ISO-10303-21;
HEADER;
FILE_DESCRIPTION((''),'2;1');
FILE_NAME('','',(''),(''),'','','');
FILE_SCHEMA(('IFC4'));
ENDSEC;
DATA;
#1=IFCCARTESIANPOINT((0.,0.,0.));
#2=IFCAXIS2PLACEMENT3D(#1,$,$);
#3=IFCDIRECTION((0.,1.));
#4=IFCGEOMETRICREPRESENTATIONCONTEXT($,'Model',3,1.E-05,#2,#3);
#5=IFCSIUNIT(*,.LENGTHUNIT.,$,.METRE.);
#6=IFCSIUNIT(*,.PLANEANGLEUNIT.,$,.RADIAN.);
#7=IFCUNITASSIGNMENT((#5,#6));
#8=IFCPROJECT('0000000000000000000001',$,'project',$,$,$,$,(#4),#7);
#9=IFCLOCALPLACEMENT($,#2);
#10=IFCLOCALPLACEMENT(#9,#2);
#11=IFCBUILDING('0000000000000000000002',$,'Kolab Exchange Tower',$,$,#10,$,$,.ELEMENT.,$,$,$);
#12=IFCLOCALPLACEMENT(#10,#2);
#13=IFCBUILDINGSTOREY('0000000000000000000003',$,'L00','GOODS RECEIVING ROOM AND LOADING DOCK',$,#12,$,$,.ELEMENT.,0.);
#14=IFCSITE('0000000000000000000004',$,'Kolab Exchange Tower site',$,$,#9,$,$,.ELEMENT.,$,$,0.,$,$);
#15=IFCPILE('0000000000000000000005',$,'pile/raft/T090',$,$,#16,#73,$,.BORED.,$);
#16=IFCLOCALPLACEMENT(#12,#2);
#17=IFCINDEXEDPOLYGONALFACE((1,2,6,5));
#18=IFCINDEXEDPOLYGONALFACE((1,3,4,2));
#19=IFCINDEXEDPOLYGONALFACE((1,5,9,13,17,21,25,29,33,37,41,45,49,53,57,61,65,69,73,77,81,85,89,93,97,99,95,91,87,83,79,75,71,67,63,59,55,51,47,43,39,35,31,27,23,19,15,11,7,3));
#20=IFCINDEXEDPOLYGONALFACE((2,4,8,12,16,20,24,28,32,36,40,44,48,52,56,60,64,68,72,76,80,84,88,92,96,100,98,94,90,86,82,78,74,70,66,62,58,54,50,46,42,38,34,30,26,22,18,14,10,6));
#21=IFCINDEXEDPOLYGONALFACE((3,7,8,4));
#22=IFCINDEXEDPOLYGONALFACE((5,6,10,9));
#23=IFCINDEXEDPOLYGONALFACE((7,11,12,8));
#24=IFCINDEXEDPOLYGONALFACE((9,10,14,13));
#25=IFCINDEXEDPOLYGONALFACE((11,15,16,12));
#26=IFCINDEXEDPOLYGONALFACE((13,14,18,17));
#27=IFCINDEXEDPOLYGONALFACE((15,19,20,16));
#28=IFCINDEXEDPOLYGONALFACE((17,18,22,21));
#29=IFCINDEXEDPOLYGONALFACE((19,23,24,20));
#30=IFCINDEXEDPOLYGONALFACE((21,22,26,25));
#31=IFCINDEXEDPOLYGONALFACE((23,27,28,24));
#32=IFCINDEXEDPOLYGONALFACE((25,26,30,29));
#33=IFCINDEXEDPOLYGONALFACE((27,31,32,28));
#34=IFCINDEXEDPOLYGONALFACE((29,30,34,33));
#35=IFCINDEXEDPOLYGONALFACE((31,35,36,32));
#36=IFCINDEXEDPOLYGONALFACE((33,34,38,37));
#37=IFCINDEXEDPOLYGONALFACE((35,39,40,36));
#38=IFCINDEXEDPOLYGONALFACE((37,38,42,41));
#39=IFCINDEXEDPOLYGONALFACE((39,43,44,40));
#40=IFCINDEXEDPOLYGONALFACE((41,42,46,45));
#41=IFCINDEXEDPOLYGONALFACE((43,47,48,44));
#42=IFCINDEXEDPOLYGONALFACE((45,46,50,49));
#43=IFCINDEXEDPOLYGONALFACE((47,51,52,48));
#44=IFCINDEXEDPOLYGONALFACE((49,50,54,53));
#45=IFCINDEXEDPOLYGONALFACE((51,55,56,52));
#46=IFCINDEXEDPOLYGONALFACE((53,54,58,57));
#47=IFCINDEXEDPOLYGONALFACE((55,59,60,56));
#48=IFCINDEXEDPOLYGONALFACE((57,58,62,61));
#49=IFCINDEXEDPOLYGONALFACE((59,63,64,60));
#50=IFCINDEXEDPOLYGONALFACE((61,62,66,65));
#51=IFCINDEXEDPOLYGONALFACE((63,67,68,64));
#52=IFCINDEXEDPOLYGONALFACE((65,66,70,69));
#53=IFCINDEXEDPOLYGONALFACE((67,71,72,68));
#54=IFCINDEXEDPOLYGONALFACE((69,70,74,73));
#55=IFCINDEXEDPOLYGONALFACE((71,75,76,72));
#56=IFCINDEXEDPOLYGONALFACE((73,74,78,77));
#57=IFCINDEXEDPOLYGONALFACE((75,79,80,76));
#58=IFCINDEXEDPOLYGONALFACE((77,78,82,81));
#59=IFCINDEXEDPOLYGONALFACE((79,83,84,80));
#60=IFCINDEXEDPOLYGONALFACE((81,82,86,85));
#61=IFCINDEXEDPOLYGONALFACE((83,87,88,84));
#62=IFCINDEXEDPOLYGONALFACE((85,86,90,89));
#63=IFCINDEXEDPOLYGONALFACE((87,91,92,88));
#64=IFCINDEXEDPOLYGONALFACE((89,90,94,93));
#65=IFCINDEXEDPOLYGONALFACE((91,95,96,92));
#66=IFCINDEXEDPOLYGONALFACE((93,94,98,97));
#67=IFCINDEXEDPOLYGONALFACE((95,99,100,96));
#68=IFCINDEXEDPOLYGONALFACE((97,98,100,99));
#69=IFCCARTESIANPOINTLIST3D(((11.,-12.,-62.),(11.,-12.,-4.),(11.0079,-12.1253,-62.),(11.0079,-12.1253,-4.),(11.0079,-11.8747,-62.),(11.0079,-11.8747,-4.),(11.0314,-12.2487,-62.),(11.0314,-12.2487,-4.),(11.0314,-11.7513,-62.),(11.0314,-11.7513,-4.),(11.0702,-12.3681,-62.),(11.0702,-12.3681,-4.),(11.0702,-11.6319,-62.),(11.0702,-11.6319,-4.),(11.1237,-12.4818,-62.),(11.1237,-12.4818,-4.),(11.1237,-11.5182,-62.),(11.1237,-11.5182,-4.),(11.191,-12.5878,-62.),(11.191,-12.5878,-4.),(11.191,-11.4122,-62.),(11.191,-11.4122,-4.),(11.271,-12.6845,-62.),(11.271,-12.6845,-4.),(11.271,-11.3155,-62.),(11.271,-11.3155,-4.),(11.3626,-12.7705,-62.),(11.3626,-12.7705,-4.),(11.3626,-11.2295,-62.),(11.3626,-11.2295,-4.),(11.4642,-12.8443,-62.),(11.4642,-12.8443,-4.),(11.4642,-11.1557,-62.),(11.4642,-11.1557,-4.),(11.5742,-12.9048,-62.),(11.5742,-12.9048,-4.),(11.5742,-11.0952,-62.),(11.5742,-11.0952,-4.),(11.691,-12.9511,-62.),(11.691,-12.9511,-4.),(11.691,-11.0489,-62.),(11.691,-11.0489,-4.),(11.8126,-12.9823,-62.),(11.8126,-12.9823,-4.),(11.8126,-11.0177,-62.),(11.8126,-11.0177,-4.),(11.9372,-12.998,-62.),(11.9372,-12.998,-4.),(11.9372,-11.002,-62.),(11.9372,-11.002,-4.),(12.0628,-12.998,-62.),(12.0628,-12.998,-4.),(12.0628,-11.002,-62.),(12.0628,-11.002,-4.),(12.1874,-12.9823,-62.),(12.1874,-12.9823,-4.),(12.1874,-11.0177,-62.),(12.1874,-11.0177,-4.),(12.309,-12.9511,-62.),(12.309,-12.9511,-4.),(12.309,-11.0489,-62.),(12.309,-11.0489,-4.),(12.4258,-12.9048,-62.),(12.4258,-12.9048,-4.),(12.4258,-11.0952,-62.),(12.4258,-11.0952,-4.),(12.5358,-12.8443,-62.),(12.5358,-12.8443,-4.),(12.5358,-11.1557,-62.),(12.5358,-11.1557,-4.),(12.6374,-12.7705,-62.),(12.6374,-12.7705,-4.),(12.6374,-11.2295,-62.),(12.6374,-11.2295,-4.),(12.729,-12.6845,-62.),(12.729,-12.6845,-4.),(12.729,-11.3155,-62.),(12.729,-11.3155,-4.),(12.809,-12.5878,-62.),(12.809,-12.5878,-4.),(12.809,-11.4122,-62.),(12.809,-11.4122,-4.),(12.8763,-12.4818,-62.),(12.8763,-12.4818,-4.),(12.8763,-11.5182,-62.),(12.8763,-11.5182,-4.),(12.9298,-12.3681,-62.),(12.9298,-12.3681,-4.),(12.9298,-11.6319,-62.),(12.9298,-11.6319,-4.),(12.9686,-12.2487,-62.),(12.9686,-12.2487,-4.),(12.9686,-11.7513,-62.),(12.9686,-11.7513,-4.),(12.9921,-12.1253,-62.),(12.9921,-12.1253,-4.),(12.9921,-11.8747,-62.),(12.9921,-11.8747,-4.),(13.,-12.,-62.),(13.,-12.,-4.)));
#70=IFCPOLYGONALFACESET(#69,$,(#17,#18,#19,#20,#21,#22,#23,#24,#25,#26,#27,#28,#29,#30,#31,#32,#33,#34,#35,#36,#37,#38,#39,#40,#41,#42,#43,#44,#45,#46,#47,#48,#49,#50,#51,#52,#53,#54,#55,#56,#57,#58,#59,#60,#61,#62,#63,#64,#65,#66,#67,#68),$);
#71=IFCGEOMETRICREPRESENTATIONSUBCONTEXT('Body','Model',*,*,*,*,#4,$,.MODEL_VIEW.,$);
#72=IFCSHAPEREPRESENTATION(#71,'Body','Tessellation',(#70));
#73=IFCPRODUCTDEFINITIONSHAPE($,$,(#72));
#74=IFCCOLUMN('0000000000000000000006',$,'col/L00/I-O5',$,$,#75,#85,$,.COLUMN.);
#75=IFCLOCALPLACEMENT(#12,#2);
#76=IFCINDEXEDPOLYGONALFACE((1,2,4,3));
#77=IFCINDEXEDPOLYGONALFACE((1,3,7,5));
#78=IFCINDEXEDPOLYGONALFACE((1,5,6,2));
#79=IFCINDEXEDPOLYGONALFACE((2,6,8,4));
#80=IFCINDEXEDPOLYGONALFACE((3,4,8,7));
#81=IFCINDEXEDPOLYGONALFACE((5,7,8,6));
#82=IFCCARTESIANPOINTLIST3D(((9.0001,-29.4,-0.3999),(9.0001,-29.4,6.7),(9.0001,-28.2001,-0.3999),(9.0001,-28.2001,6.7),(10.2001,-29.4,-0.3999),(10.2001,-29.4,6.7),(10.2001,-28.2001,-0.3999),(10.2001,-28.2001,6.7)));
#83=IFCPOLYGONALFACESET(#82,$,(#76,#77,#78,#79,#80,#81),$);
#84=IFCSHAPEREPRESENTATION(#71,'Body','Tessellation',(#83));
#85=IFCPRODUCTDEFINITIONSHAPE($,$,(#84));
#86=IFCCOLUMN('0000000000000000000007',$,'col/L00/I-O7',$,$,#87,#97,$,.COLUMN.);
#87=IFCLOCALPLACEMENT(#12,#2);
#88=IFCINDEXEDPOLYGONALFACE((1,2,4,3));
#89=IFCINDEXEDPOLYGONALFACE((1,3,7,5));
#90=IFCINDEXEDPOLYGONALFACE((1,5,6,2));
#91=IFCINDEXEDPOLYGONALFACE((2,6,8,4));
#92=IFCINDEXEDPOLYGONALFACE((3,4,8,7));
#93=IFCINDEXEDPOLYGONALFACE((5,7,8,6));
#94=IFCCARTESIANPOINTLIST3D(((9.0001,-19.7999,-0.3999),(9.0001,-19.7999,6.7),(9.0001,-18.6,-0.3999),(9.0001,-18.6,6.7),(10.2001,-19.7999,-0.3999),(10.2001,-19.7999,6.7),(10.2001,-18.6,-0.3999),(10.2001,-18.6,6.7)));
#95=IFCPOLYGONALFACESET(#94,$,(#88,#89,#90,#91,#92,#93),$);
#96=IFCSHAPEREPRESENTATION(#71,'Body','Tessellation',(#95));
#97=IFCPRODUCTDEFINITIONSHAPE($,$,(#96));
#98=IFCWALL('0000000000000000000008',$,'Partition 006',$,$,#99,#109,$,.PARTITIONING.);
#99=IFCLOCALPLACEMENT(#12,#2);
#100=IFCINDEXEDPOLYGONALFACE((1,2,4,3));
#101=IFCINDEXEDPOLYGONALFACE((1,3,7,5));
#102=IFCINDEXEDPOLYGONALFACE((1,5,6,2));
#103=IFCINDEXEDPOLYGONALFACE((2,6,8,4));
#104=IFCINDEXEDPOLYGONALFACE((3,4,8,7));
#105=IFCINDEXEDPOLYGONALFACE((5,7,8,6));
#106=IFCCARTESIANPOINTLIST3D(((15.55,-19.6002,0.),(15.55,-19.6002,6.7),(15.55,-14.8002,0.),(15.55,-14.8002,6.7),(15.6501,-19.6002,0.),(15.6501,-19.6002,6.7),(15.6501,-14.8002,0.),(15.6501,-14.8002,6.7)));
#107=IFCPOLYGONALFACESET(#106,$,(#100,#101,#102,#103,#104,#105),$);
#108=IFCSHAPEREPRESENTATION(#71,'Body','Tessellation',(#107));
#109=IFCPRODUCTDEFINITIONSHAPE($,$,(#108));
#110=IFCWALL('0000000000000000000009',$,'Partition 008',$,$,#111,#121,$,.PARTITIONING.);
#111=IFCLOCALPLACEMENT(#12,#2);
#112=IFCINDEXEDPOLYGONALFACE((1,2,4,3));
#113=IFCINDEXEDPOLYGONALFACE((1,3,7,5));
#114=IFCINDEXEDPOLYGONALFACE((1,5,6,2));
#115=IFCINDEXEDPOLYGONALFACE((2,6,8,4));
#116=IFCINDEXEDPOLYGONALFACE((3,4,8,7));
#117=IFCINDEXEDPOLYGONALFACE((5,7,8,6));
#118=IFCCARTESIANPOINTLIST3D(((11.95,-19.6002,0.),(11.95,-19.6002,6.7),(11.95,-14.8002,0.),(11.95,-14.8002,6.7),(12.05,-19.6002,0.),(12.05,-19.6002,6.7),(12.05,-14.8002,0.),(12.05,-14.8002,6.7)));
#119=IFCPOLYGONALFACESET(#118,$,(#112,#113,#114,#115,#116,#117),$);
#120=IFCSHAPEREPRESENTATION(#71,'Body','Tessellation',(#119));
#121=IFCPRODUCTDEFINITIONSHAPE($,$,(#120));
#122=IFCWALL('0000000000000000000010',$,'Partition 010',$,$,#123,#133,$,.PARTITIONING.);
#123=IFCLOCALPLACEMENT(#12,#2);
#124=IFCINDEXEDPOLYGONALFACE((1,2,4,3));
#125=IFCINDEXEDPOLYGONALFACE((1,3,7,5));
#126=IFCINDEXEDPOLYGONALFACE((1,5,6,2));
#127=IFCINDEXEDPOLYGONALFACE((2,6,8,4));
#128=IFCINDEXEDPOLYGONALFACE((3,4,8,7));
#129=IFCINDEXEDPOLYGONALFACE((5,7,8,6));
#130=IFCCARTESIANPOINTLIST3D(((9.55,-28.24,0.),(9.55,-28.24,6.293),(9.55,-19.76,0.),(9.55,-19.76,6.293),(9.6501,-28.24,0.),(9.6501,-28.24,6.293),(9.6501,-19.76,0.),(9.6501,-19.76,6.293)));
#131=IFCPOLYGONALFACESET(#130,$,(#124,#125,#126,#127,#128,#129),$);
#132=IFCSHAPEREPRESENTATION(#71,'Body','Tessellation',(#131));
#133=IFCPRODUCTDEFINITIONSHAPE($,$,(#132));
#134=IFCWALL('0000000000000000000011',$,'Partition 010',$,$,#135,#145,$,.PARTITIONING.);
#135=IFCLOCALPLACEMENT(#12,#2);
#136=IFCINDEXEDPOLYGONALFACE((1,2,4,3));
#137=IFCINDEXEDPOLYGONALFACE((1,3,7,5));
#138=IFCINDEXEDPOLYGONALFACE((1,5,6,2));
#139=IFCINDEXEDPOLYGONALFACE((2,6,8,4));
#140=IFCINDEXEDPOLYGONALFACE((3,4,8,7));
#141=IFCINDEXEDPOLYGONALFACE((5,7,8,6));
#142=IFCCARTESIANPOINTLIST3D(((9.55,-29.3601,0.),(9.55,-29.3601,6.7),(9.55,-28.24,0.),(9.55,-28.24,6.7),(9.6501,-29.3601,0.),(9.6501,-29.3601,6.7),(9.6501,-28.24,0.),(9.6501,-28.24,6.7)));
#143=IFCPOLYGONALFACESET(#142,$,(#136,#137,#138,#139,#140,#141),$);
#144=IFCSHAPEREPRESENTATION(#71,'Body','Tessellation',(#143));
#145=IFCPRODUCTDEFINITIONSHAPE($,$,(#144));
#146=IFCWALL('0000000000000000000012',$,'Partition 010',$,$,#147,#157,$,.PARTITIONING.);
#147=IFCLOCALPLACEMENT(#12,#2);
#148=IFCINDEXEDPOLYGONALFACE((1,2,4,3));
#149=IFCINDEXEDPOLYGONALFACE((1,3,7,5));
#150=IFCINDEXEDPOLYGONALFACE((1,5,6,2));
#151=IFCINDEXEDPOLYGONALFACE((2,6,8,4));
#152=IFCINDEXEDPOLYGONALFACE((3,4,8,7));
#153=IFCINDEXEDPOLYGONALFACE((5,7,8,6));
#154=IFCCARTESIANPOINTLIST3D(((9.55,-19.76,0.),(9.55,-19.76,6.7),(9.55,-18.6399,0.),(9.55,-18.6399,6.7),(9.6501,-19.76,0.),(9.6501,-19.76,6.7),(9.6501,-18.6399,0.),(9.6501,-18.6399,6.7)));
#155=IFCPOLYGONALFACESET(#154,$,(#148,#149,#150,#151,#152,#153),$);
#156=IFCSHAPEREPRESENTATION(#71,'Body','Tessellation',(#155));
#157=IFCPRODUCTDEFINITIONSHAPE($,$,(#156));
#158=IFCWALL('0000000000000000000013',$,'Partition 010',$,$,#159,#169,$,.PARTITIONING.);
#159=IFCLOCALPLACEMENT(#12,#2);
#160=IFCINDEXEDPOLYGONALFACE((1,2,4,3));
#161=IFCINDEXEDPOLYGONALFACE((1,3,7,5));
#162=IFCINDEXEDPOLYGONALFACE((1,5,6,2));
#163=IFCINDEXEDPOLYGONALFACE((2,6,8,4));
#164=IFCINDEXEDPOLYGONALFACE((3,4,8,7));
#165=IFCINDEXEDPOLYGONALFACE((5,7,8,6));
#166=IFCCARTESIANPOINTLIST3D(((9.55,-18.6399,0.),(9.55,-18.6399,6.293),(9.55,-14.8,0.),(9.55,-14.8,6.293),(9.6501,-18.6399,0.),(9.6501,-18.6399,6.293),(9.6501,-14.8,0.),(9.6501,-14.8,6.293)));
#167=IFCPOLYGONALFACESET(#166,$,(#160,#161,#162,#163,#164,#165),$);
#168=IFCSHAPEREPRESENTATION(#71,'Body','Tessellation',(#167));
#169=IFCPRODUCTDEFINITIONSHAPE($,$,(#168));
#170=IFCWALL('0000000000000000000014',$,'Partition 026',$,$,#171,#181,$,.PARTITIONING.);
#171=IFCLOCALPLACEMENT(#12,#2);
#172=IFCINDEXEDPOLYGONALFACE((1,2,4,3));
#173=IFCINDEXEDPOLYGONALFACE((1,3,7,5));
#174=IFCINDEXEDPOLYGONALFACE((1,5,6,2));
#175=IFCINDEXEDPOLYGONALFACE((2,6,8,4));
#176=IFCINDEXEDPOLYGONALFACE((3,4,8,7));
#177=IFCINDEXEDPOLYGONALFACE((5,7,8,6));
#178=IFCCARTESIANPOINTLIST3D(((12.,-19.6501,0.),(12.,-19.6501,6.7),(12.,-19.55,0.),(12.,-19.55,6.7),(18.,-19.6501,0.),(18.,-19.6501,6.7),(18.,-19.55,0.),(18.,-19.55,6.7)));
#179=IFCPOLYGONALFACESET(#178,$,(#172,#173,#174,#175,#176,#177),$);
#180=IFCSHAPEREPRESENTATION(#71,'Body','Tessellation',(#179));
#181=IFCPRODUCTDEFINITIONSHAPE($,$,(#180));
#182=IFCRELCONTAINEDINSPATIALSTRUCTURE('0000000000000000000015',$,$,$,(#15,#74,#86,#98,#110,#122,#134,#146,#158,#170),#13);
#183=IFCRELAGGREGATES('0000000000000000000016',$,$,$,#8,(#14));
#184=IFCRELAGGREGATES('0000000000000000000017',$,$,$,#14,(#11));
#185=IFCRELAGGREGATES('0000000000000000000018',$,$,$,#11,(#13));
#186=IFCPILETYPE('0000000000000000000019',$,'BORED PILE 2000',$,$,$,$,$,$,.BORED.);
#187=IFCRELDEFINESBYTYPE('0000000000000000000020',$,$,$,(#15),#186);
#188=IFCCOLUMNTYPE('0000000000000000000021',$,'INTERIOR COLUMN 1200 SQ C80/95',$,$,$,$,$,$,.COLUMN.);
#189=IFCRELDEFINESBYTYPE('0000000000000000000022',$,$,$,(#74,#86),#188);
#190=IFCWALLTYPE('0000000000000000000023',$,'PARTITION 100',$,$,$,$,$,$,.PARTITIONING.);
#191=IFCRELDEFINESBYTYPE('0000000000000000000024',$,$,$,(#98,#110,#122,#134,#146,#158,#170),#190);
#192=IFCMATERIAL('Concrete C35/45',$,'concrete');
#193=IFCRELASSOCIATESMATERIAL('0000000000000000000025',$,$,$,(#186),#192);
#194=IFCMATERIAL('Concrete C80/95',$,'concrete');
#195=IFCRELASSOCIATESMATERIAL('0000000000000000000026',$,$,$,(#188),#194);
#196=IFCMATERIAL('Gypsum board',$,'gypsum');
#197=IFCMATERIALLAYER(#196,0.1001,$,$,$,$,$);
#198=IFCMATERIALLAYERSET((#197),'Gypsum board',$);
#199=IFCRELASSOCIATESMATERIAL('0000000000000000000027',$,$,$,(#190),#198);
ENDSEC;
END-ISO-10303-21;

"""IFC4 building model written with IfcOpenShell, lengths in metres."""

from ifc_helpers import new_model, si_unit, direction, frame, frame_2d, origin, origin_2d, place, context, subcontext, project, spatial, rectangle, circle, extrude, material, layer, layer_set, material_profile, profile_set, type_object, element, save


model = new_model("IFC4")

# Units and contexts
model_context = context("Model", 3, precision=1e-05, world=origin(), true_north=direction((0.0, 1.0)))
body_context = subcontext(model_context, "Body", "Model", "MODEL_VIEW")
ifc_project = project(units=[si_unit("LENGTHUNIT", "METRE"), si_unit("PLANEANGLEUNIT", "RADIAN")], contexts=[model_context])

# Site, building, storey
site_placement = place(None, origin())
site = spatial("IfcSite", under=ifc_project, at=site_placement, Name="Kolab Exchange Tower site", CompositionType="ELEMENT", RefElevation=0.0)
building_placement = place(site_placement, origin())
building = spatial("IfcBuilding", under=site, at=building_placement, Name="Kolab Exchange Tower", CompositionType="ELEMENT")
storey_placement = place(building_placement, origin())
storey = spatial("IfcBuildingStorey", under=building, at=storey_placement, Name="L00", Description="GOODS RECEIVING ROOM AND LOADING DOCK", CompositionType="ELEMENT", Elevation=0.0)

# Pile
ifc_material_1 = material(Name="Concrete C35/45", Category="concrete")
ifc_material_profile_1 = material_profile(ifc_material_1, circle(Radius=1.0, at=origin_2d()), Name="BP2000")
ifc_profile_set_1 = profile_set([ifc_material_profile_1], Name="Concrete C35/45")
pile_type = type_object("IfcPileType", Name="BORED PILE 2000", PredefinedType="BORED", material=ifc_profile_set_1)
for number, where, z_axis, x_axis, name in (
    (1, (12.0, -12.0, -4.0), (0.0, 0.0, -1.0), (1.0, 0.0, 0.0), "pile/raft/T090"),
):
    element("IfcPile", number, at=place(storey_placement, frame(where, z_axis=z_axis, x_axis=x_axis)), inside=storey, type_object=pile_type, Name=name, PredefinedType="BORED", context=body_context, shape_type="SweptSolid", body=[
        extrude(circle(Radius=1.0, at=origin_2d()), origin(), (0.0, 0.0, 1.0), 58.0),
    ])

# Columns
ifc_material_2 = material(Name="Concrete C80/95", Category="concrete")
ifc_material_profile_2 = material_profile(ifc_material_2, rectangle(XDim=1.2, YDim=1.2, at=origin_2d()), Name="RC1200")
ifc_profile_set_2 = profile_set([ifc_material_profile_2], Name="Concrete C80/95")
column_type = type_object("IfcColumnType", Name="INTERIOR COLUMN 1200 SQ C80/95", PredefinedType="COLUMN", material=ifc_profile_set_2)
for number, where, z_axis, x_axis, name in (
    (2, (9.6001, -28.8, -0.3999), (0.0, 0.0, 1.0), (1.0, 0.0, 0.0), "col/L00/I-O5"),
    (3, (9.6001, -19.2, -0.3999), (0.0, 0.0, 1.0), (1.0, 0.0, 0.0), "col/L00/I-O7"),
):
    element("IfcColumn", number, at=place(storey_placement, frame(where, z_axis=z_axis, x_axis=x_axis)), inside=storey, type_object=column_type, Name=name, PredefinedType="COLUMN", context=body_context, shape_type="SweptSolid", body=[
        extrude(rectangle(XDim=1.2, YDim=1.2, at=origin_2d()), origin(), (0.0, 0.0, 1.0), 7.0999),
    ])

# Walls
ifc_material_3 = material(Name="Gypsum board", Category="gypsum")
ifc_layer = layer(ifc_material_3, 0.1001)
ifc_layer_set = layer_set([ifc_layer], Name="Gypsum board")
wall_type = type_object("IfcWallType", Name="PARTITION 100", PredefinedType="PARTITIONING", material=ifc_layer_set)
for number, where, z_axis, x_axis, name in (
    (4, (15.6001, -19.6001, 0.0), (0.0, 0.0, 1.0), (0.0, 1.0, 0.0), "Partition 006"),
    (5, (12.0, -19.6001, 0.0), (0.0, 0.0, 1.0), (0.0, 1.0, 0.0), "Partition 008"),
):
    element("IfcWall", number, at=place(storey_placement, frame(where, z_axis=z_axis, x_axis=x_axis)), inside=storey, type_object=wall_type, Name=name, PredefinedType="PARTITIONING", context=body_context, shape_type="SweptSolid", body=[
        extrude(rectangle(XDim=4.8, YDim=0.1001, at=frame_2d((2.3999, 0.0))), origin(), (0.0, 0.0, 1.0), 6.7),
    ])
wall_1_placement = place(storey_placement, frame((9.6001, -28.24, 0.0), z_axis=(0.0, 0.0, 1.0), x_axis=(0.0, 1.0, 0.0)))
element("IfcWall", 6, at=wall_1_placement, inside=storey, type_object=wall_type, Name="Partition 010", PredefinedType="PARTITIONING", context=body_context, shape_type="SweptSolid", body=[
    extrude(rectangle(XDim=8.48, YDim=0.1001, at=frame_2d((4.24, 0.0))), origin(), (0.0, 0.0, 1.0), 6.293),
])
for number, where, z_axis, x_axis, name in (
    (7, (9.6001, -29.3601, 0.0), (0.0, 0.0, 1.0), (0.0, 1.0, 0.0), "Partition 010"),
    (8, (9.6001, -19.76, 0.0), (0.0, 0.0, 1.0), (0.0, 1.0, 0.0), "Partition 010"),
):
    element("IfcWall", number, at=place(storey_placement, frame(where, z_axis=z_axis, x_axis=x_axis)), inside=storey, type_object=wall_type, Name=name, PredefinedType="PARTITIONING", context=body_context, shape_type="SweptSolid", body=[
        extrude(rectangle(XDim=1.1201, YDim=0.1001, at=frame_2d((0.5601, 0.0))), origin(), (0.0, 0.0, 1.0), 6.7),
    ])
wall_2_placement = place(storey_placement, frame((9.6001, -18.6399, 0.0), z_axis=(0.0, 0.0, 1.0), x_axis=(0.0, 1.0, 0.0)))
element("IfcWall", 9, at=wall_2_placement, inside=storey, type_object=wall_type, Name="Partition 010", PredefinedType="PARTITIONING", context=body_context, shape_type="SweptSolid", body=[
    extrude(rectangle(XDim=3.8398, YDim=0.1001, at=frame_2d((1.9199, 0.0))), origin(), (0.0, 0.0, 1.0), 6.293),
])
wall_3_placement = place(storey_placement, frame((12.0, -19.6001, 0.0), z_axis=(0.0, 0.0, 1.0), x_axis=(1.0, 0.0, 0.0)))
element("IfcWall", 10, at=wall_3_placement, inside=storey, type_object=wall_type, Name="Partition 026", PredefinedType="PARTITIONING", context=body_context, shape_type="SweptSolid", body=[
    extrude(rectangle(XDim=6.0, YDim=0.1001, at=frame_2d((3.0, 0.0))), origin(), (0.0, 0.0, 1.0), 6.7),
])

save(model, "model.ifc")
